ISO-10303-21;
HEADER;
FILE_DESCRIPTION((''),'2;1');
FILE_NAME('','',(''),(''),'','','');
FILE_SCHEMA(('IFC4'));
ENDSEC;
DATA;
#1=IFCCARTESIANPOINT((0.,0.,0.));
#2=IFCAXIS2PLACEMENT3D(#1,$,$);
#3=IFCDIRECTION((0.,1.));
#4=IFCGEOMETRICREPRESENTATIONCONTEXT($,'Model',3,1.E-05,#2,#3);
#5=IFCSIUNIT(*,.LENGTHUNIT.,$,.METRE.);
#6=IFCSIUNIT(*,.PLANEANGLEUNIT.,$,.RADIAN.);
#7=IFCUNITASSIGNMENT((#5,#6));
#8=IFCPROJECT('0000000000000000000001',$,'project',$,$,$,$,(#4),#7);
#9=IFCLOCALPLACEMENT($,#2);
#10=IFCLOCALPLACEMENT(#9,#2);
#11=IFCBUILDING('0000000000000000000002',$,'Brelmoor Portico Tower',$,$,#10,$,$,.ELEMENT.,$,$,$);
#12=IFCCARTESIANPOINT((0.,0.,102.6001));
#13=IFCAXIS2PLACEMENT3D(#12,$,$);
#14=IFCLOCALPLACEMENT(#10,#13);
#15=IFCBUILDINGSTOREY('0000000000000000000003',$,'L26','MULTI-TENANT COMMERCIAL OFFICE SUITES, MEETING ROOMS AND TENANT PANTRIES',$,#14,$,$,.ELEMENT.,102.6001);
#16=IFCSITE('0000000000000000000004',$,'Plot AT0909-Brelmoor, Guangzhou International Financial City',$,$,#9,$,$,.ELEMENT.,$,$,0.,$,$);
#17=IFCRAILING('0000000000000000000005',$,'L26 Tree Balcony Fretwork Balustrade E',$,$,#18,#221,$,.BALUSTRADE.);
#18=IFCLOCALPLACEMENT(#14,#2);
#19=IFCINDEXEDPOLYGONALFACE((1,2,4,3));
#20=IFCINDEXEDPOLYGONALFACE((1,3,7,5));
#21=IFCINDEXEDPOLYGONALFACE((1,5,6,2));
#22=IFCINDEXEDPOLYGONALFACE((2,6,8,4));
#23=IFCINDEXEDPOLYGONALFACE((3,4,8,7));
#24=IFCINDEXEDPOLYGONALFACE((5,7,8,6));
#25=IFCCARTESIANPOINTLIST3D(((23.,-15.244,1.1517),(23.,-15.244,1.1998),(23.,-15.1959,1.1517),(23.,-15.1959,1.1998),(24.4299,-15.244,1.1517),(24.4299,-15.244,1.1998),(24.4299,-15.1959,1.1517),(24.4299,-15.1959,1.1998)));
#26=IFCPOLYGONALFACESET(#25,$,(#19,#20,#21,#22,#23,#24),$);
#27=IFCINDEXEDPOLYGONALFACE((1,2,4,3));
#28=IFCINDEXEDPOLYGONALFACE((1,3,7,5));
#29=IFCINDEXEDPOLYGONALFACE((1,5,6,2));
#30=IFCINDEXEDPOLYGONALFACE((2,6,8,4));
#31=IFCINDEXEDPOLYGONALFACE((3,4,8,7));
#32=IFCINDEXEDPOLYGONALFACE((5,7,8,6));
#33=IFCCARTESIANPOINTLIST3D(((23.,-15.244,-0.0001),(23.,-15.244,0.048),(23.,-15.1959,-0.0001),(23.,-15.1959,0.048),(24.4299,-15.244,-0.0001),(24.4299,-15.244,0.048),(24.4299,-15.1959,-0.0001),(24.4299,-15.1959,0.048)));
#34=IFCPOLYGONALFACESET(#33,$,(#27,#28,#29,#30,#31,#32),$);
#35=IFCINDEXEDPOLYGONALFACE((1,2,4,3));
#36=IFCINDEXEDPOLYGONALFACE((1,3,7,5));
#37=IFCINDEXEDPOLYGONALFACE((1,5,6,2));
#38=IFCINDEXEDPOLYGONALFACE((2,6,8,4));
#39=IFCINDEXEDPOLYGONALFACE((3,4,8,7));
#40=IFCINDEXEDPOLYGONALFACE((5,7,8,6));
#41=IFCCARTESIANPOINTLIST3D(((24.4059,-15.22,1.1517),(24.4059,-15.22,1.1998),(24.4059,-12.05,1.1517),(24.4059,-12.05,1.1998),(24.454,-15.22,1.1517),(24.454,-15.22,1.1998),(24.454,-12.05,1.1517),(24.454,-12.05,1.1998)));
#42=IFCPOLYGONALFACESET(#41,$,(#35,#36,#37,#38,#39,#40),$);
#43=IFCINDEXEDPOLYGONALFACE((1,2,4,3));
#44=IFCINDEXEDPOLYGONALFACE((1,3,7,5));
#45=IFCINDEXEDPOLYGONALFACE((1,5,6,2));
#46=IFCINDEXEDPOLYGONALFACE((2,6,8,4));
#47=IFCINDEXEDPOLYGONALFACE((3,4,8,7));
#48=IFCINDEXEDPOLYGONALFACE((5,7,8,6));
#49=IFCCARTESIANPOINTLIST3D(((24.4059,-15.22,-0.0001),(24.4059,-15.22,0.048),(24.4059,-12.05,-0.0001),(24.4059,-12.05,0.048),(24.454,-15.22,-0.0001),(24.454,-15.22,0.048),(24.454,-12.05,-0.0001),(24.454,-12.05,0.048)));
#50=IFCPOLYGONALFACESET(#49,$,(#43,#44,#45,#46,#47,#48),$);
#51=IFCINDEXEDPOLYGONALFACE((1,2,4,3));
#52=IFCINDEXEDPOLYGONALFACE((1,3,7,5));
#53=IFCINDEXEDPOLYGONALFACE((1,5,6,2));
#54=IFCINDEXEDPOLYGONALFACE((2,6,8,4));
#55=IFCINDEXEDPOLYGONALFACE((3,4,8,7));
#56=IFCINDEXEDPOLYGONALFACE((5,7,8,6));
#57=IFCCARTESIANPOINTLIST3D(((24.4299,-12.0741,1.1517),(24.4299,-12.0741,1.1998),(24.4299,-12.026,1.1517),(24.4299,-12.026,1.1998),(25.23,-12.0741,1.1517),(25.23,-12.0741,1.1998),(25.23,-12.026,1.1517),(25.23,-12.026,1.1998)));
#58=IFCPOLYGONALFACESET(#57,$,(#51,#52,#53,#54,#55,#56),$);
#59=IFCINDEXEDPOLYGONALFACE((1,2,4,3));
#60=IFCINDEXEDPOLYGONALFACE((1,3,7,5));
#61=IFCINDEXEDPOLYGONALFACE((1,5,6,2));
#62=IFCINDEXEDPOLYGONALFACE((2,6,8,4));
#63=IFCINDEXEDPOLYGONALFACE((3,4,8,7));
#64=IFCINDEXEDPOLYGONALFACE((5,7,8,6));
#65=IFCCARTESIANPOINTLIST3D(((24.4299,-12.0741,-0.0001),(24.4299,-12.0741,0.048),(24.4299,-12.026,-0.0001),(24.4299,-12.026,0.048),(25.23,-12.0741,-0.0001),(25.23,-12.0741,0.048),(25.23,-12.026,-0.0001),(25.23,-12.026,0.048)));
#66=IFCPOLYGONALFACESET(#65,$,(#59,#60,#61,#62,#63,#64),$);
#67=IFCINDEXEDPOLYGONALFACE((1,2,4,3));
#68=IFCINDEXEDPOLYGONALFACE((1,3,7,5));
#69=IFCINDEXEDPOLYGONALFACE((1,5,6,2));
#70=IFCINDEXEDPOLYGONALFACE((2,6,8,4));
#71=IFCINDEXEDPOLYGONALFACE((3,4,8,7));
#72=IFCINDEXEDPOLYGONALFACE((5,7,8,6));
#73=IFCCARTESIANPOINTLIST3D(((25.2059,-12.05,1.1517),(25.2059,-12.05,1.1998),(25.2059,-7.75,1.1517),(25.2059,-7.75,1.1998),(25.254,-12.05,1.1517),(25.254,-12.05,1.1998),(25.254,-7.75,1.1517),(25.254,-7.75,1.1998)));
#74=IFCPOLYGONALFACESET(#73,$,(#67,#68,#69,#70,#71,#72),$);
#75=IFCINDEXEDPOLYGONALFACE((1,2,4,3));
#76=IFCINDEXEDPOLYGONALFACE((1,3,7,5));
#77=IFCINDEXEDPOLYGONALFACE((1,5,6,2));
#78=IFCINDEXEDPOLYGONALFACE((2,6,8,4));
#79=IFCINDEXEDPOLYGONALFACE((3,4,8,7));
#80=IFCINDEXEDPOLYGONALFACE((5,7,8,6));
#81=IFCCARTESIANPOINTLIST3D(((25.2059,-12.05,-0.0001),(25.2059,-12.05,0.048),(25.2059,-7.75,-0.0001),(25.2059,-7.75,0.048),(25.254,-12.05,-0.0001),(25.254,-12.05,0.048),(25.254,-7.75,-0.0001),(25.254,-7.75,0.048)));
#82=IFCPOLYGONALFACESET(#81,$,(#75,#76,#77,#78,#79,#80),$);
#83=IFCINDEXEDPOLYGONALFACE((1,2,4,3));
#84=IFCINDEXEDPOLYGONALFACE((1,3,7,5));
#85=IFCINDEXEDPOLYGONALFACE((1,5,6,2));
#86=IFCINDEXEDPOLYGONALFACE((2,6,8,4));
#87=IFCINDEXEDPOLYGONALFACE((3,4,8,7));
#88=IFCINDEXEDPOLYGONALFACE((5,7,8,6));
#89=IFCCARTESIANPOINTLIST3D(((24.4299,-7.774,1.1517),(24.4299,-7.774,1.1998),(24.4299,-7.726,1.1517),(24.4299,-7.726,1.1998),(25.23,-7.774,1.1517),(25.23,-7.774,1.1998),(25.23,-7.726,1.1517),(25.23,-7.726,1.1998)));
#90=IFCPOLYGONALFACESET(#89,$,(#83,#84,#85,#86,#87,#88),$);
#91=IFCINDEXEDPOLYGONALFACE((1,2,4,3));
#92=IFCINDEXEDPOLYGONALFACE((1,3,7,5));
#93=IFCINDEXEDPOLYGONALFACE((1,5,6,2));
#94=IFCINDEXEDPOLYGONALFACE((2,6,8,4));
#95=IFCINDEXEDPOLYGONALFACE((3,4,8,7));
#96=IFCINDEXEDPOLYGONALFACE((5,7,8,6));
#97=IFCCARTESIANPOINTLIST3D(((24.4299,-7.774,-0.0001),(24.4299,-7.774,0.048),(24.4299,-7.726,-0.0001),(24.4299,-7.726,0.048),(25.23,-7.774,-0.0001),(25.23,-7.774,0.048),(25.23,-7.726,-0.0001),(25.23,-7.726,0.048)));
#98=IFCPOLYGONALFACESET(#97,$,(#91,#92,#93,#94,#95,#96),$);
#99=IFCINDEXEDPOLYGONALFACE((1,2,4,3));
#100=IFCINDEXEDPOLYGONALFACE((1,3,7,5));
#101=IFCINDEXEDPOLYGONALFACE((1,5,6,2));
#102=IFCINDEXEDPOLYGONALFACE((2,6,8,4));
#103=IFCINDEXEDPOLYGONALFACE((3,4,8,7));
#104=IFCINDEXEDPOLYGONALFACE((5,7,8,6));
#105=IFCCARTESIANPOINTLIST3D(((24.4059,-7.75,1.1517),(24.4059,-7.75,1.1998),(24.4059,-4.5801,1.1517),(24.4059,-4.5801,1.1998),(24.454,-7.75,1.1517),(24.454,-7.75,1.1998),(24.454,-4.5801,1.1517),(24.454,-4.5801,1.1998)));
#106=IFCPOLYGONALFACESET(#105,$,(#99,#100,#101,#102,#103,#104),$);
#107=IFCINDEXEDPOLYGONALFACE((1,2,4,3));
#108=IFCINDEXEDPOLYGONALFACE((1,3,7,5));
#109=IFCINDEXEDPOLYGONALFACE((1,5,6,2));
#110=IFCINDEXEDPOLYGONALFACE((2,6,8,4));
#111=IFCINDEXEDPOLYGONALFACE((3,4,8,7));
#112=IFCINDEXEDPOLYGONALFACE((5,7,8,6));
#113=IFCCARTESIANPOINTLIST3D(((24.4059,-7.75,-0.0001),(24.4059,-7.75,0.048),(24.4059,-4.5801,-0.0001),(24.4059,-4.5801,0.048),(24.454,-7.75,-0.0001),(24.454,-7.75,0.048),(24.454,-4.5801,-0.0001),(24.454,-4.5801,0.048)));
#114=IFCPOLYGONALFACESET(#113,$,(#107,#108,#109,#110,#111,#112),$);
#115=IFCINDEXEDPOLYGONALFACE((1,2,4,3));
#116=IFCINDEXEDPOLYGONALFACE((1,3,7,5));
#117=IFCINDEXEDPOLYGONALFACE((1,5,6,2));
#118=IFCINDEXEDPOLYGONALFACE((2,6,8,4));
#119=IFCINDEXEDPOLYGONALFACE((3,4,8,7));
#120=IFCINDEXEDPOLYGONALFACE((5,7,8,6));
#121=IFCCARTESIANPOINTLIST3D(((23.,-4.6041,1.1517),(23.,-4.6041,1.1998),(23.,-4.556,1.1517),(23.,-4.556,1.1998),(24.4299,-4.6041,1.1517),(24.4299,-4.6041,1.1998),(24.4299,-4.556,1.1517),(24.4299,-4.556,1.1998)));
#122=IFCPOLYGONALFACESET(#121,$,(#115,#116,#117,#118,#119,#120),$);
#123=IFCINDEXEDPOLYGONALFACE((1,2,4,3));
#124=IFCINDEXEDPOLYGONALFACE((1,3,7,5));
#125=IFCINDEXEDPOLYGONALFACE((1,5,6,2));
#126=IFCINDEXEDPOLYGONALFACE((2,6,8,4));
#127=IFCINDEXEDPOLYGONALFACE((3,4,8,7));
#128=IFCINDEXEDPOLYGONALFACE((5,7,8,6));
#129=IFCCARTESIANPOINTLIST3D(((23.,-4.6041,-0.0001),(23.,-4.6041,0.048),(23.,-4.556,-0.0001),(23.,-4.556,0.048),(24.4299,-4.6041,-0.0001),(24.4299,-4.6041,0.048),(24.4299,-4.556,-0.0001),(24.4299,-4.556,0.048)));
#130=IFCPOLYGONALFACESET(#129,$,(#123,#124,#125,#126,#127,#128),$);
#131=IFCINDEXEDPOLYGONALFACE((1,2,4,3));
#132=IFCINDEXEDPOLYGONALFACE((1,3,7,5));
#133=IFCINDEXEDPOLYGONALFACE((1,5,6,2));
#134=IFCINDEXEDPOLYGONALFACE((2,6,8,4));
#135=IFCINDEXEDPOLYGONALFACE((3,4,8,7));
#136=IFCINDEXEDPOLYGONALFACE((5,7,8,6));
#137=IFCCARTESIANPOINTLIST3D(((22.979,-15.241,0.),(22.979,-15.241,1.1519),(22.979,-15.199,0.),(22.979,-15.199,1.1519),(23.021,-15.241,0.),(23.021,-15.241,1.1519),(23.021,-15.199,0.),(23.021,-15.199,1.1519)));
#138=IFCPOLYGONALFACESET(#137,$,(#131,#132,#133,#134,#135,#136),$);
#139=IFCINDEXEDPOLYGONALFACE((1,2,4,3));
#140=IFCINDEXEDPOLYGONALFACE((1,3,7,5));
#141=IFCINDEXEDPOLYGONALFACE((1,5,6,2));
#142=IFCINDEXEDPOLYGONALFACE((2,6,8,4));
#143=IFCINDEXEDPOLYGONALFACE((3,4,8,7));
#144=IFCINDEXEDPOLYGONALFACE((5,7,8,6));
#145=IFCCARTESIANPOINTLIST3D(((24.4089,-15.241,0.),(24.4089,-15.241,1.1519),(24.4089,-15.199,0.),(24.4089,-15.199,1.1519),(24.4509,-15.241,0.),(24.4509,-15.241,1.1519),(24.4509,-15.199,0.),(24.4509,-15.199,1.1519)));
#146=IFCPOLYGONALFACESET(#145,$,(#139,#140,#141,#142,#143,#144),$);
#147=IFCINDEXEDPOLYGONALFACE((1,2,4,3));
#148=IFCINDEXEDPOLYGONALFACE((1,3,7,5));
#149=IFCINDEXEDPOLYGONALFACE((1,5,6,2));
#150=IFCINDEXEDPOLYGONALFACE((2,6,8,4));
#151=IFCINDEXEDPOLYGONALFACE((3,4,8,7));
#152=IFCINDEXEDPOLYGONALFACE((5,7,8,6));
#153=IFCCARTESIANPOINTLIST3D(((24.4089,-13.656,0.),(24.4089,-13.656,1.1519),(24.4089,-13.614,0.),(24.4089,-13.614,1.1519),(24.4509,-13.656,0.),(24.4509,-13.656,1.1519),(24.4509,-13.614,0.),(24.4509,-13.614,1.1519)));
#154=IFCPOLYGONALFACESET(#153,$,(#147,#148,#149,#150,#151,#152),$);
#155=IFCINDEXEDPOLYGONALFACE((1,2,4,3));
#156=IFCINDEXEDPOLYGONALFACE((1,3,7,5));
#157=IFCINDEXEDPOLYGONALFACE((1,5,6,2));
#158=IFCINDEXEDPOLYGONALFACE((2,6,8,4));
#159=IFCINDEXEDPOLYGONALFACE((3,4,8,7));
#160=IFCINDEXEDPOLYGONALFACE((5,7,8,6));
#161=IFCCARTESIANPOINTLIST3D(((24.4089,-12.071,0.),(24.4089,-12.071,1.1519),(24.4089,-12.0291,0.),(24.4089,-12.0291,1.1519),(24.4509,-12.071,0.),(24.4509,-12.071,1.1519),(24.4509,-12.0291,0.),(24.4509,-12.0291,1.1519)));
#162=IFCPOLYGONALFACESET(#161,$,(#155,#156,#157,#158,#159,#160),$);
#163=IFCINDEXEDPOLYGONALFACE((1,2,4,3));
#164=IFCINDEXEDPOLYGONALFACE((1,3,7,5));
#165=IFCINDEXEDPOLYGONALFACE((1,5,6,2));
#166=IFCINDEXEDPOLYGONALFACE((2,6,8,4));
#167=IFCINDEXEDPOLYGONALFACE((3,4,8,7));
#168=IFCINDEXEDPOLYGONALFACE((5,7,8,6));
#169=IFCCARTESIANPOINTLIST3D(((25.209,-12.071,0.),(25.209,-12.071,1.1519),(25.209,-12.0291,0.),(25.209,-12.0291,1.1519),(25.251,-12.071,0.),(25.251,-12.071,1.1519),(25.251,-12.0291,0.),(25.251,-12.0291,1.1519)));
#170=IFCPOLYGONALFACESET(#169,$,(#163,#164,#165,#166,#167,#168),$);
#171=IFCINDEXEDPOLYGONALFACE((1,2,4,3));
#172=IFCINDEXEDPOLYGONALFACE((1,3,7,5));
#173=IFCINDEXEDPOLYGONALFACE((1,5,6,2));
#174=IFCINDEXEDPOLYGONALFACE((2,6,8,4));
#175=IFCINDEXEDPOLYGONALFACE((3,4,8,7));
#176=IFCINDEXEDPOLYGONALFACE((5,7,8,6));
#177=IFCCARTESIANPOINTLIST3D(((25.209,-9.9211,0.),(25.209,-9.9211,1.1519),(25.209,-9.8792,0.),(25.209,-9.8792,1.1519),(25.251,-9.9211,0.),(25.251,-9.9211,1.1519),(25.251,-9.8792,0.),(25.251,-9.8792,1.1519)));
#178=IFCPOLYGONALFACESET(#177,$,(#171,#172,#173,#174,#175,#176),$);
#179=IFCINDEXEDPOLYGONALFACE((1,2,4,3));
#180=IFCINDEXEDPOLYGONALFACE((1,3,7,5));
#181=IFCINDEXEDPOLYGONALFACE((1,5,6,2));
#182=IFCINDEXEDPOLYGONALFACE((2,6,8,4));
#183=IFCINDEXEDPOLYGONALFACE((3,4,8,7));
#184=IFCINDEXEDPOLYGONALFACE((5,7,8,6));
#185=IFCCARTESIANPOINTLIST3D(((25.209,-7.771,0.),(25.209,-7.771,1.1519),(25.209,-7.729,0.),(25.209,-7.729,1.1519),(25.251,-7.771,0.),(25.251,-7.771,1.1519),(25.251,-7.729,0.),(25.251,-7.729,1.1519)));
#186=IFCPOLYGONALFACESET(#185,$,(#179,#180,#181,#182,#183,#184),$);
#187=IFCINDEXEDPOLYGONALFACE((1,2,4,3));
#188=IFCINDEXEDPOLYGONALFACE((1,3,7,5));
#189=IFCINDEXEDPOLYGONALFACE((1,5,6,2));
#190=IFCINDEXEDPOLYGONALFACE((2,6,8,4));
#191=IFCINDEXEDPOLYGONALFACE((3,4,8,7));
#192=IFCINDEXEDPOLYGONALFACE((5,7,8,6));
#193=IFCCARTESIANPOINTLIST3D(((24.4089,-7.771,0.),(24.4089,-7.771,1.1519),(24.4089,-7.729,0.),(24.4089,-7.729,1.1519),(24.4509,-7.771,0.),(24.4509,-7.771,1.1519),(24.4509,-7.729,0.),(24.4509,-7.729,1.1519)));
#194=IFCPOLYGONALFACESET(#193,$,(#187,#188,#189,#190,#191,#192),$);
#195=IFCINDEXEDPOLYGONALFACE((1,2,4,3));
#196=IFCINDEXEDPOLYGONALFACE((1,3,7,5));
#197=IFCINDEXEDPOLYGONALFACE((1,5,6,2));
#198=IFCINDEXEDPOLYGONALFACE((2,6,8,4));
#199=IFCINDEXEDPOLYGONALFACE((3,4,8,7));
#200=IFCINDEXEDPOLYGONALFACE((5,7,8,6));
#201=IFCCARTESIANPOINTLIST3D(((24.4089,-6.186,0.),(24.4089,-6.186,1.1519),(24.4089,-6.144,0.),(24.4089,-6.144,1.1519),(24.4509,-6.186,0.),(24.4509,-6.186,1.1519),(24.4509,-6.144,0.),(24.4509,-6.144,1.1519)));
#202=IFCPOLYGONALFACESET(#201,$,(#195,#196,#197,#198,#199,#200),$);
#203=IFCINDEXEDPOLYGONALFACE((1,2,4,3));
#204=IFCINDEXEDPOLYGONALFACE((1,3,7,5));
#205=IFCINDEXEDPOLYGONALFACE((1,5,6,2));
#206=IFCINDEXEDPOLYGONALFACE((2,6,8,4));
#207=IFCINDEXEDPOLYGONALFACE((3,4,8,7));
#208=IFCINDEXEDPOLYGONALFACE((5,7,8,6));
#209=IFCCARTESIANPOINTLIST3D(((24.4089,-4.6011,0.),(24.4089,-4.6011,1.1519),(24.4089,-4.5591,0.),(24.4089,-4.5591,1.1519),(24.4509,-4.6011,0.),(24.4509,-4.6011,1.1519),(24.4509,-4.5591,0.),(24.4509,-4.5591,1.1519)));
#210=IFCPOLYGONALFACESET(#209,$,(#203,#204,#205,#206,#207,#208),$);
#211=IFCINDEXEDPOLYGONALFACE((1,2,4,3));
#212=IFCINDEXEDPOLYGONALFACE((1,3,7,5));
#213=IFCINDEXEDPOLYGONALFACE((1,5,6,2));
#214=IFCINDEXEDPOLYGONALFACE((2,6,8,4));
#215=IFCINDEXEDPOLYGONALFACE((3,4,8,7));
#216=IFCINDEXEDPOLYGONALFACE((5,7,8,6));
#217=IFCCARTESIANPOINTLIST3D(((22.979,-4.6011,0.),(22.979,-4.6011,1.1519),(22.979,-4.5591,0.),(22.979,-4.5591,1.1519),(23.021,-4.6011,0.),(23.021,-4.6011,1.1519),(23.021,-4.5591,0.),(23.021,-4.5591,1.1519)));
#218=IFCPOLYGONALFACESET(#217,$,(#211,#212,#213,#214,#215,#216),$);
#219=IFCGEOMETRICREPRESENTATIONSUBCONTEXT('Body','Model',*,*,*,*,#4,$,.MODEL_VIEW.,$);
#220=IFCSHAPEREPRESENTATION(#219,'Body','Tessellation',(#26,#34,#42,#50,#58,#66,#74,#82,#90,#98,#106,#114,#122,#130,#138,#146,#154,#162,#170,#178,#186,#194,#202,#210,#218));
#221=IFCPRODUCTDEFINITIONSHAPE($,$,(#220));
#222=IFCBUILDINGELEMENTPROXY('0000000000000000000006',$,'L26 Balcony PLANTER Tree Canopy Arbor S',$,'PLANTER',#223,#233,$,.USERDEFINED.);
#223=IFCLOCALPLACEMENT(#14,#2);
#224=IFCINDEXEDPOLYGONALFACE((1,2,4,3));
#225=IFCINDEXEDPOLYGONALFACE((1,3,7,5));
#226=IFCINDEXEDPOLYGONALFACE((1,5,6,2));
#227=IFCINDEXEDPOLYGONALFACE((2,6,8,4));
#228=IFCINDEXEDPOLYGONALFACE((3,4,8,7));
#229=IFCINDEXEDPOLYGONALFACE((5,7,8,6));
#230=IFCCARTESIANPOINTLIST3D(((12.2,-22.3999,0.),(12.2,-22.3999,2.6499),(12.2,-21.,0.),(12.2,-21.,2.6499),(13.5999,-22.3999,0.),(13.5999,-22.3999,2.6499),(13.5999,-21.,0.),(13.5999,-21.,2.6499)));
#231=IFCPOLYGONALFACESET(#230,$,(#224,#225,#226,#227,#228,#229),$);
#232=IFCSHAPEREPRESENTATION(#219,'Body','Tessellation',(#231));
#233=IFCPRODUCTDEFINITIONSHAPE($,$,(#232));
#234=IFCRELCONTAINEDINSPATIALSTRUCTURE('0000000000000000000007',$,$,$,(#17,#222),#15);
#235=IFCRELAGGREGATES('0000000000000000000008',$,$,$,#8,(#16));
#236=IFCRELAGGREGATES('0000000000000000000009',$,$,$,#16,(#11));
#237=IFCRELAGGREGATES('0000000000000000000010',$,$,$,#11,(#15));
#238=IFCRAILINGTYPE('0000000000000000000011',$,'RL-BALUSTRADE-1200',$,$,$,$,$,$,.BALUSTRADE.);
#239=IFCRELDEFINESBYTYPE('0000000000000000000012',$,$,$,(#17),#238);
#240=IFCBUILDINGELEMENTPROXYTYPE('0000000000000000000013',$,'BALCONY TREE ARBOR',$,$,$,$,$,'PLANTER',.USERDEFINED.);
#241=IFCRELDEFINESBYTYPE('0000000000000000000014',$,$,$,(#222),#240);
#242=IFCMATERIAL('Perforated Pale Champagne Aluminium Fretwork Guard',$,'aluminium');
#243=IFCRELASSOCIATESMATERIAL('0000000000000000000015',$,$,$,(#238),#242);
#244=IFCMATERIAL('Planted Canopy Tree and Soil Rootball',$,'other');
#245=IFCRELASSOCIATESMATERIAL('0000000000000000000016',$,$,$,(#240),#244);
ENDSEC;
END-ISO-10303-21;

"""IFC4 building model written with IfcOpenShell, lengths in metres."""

from ifc_helpers import new_model, si_unit, direction, frame, origin, origin_2d, place, context, subcontext, project, spatial, rectangle, extrude, material, type_object, element, save


model = new_model("IFC4")

# Units and contexts
model_context = context("Model", 3, precision=1e-05, world=origin(), true_north=direction((0.0, 1.0)))
body_context = subcontext(model_context, "Body", "Model", "MODEL_VIEW")
ifc_project = project(units=[si_unit("LENGTHUNIT", "METRE"), si_unit("PLANEANGLEUNIT", "RADIAN")], contexts=[model_context])

# Site, building, storey
site_placement = place(None, origin())
site = spatial("IfcSite", under=ifc_project, at=site_placement, Name="Plot AT0909-Brelmoor, Guangzhou International Financial City", CompositionType="ELEMENT", RefElevation=0.0)
building_placement = place(site_placement, origin())
building = spatial("IfcBuilding", under=site, at=building_placement, Name="Brelmoor Portico Tower", CompositionType="ELEMENT")
storey_placement = place(building_placement, frame((0.0, 0.0, 102.6001)))
storey = spatial("IfcBuildingStorey", under=building, at=storey_placement, Name="L26", Description="MULTI-TENANT COMMERCIAL OFFICE SUITES, MEETING ROOMS AND TENANT PANTRIES", CompositionType="ELEMENT", Elevation=102.6001)

# Railing
ifc_material_1 = material(Name="Perforated Pale Champagne Aluminium Fretwork Guard", Category="aluminium")
railing_type = type_object("IfcRailingType", Name="RL-BALUSTRADE-1200", PredefinedType="BALUSTRADE", material=ifc_material_1)
railing_placement = place(storey_placement, frame((23.0, -15.22, 0.0)))
element("IfcRailing", 1, at=railing_placement, inside=storey, type_object=railing_type, Name="L26 Tree Balcony Fretwork Balustrade E", PredefinedType="BALUSTRADE", context=body_context, shape_type="SweptSolid", body=[
    extrude(rectangle(XDim=0.0481, YDim=0.0481, at=origin_2d()), frame((0.0, 0.0, 1.1758), z_axis=(1.0, 0.0, 0.0), x_axis=(0.0, 1.0, 0.0)), (0.0, 0.0, 1.0), 1.4299),
    extrude(rectangle(XDim=0.0481, YDim=0.0481, at=origin_2d()), frame((0.0, 0.0, 0.0239), z_axis=(1.0, 0.0, 0.0), x_axis=(0.0, 1.0, 0.0)), (0.0, 0.0, 1.0), 1.4299),
    extrude(rectangle(XDim=0.0481, YDim=0.0481, at=origin_2d()), frame((1.4299, 0.0, 1.1758), z_axis=(0.0, 1.0, 0.0), x_axis=(-1.0, 0.0, 0.0)), (0.0, 0.0, 1.0), 3.1699),
    extrude(rectangle(XDim=0.0481, YDim=0.0481, at=origin_2d()), frame((1.4299, 0.0, 0.0239), z_axis=(0.0, 1.0, 0.0), x_axis=(-1.0, 0.0, 0.0)), (0.0, 0.0, 1.0), 3.1699),
    extrude(rectangle(XDim=0.0481, YDim=0.0481, at=origin_2d()), frame((1.4299, 3.1699, 1.1758), z_axis=(1.0, 0.0, 0.0), x_axis=(0.0, 1.0, 0.0)), (0.0, 0.0, 1.0), 0.8),
    extrude(rectangle(XDim=0.0481, YDim=0.0481, at=origin_2d()), frame((1.4299, 3.1699, 0.0239), z_axis=(1.0, 0.0, 0.0), x_axis=(0.0, 1.0, 0.0)), (0.0, 0.0, 1.0), 0.8),
    extrude(rectangle(XDim=0.0481, YDim=0.0481, at=origin_2d()), frame((2.23, 3.1699, 1.1758), z_axis=(0.0, 1.0, 0.0), x_axis=(-1.0, 0.0, 0.0)), (0.0, 0.0, 1.0), 4.3),
    extrude(rectangle(XDim=0.0481, YDim=0.0481, at=origin_2d()), frame((2.23, 3.1699, 0.0239), z_axis=(0.0, 1.0, 0.0), x_axis=(-1.0, 0.0, 0.0)), (0.0, 0.0, 1.0), 4.3),
    extrude(rectangle(XDim=0.0481, YDim=0.0481, at=origin_2d()), frame((2.23, 7.47, 1.1758), z_axis=(-1.0, 0.0, 0.0), x_axis=(0.0, -1.0, 0.0)), (0.0, 0.0, 1.0), 0.8),
    extrude(rectangle(XDim=0.0481, YDim=0.0481, at=origin_2d()), frame((2.23, 7.47, 0.0239), z_axis=(-1.0, 0.0, 0.0), x_axis=(0.0, -1.0, 0.0)), (0.0, 0.0, 1.0), 0.8),
    extrude(rectangle(XDim=0.0481, YDim=0.0481, at=origin_2d()), frame((1.4299, 7.47, 1.1758), z_axis=(0.0, 1.0, 0.0), x_axis=(-1.0, 0.0, 0.0)), (0.0, 0.0, 1.0), 3.1699),
    extrude(rectangle(XDim=0.0481, YDim=0.0481, at=origin_2d()), frame((1.4299, 7.47, 0.0239), z_axis=(0.0, 1.0, 0.0), x_axis=(-1.0, 0.0, 0.0)), (0.0, 0.0, 1.0), 3.1699),
    extrude(rectangle(XDim=0.0481, YDim=0.0481, at=origin_2d()), frame((1.4299, 10.6399, 1.1758), z_axis=(-1.0, 0.0, 0.0), x_axis=(0.0, -1.0, 0.0)), (0.0, 0.0, 1.0), 1.4299),
    extrude(rectangle(XDim=0.0481, YDim=0.0481, at=origin_2d()), frame((1.4299, 10.6399, 0.0239), z_axis=(-1.0, 0.0, 0.0), x_axis=(0.0, -1.0, 0.0)), (0.0, 0.0, 1.0), 1.4299),
    extrude(rectangle(XDim=0.042, YDim=0.042, at=origin_2d()), origin(), (0.0, 0.0, 1.0), 1.1519),
    extrude(rectangle(XDim=0.042, YDim=0.042, at=origin_2d()), frame((1.4299, 0.0, 0.0)), (0.0, 0.0, 1.0), 1.1519),
    extrude(rectangle(XDim=0.042, YDim=0.042, at=origin_2d()), frame((1.4299, 1.585, 0.0)), (0.0, 0.0, 1.0), 1.1519),
    extrude(rectangle(XDim=0.042, YDim=0.042, at=origin_2d()), frame((1.4299, 3.1699, 0.0)), (0.0, 0.0, 1.0), 1.1519),
    extrude(rectangle(XDim=0.042, YDim=0.042, at=origin_2d()), frame((2.23, 3.1699, 0.0)), (0.0, 0.0, 1.0), 1.1519),
    extrude(rectangle(XDim=0.042, YDim=0.042, at=origin_2d()), frame((2.23, 5.3198, 0.0)), (0.0, 0.0, 1.0), 1.1519),
    extrude(rectangle(XDim=0.042, YDim=0.042, at=origin_2d()), frame((2.23, 7.47, 0.0)), (0.0, 0.0, 1.0), 1.1519),
    extrude(rectangle(XDim=0.042, YDim=0.042, at=origin_2d()), frame((1.4299, 7.47, 0.0)), (0.0, 0.0, 1.0), 1.1519),
    extrude(rectangle(XDim=0.042, YDim=0.042, at=origin_2d()), frame((1.4299, 9.0549, 0.0)), (0.0, 0.0, 1.0), 1.1519),
    extrude(rectangle(XDim=0.042, YDim=0.042, at=origin_2d()), frame((1.4299, 10.6399, 0.0)), (0.0, 0.0, 1.0), 1.1519),
    extrude(rectangle(XDim=0.042, YDim=0.042, at=origin_2d()), frame((0.0, 10.6399, 0.0)), (0.0, 0.0, 1.0), 1.1519),
])

# Building element proxy
ifc_material_2 = material(Name="Planted Canopy Tree and Soil Rootball", Category="other")
building_element_proxy_type_1 = type_object("IfcBuildingElementProxyType", Name="BALCONY TREE ARBOR", ElementType="PLANTER", PredefinedType="USERDEFINED", material=ifc_material_2)
proxy_1_placement = place(storey_placement, frame((12.8999, -21.7, 0.0), z_axis=(0.0, 0.0, 1.0), x_axis=(1.0, 0.0, 0.0)))
element("IfcBuildingElementProxy", 2, at=proxy_1_placement, inside=storey, type_object=building_element_proxy_type_1, Name="L26 Balcony PLANTER Tree Canopy Arbor S", ObjectType="PLANTER", PredefinedType="USERDEFINED", context=body_context, shape_type="SweptSolid", body=[
    extrude(rectangle(XDim=1.3999, YDim=1.3999, at=origin_2d()), origin(), (0.0, 0.0, 1.0), 2.6499),
])

save(model, "model.ifc")
